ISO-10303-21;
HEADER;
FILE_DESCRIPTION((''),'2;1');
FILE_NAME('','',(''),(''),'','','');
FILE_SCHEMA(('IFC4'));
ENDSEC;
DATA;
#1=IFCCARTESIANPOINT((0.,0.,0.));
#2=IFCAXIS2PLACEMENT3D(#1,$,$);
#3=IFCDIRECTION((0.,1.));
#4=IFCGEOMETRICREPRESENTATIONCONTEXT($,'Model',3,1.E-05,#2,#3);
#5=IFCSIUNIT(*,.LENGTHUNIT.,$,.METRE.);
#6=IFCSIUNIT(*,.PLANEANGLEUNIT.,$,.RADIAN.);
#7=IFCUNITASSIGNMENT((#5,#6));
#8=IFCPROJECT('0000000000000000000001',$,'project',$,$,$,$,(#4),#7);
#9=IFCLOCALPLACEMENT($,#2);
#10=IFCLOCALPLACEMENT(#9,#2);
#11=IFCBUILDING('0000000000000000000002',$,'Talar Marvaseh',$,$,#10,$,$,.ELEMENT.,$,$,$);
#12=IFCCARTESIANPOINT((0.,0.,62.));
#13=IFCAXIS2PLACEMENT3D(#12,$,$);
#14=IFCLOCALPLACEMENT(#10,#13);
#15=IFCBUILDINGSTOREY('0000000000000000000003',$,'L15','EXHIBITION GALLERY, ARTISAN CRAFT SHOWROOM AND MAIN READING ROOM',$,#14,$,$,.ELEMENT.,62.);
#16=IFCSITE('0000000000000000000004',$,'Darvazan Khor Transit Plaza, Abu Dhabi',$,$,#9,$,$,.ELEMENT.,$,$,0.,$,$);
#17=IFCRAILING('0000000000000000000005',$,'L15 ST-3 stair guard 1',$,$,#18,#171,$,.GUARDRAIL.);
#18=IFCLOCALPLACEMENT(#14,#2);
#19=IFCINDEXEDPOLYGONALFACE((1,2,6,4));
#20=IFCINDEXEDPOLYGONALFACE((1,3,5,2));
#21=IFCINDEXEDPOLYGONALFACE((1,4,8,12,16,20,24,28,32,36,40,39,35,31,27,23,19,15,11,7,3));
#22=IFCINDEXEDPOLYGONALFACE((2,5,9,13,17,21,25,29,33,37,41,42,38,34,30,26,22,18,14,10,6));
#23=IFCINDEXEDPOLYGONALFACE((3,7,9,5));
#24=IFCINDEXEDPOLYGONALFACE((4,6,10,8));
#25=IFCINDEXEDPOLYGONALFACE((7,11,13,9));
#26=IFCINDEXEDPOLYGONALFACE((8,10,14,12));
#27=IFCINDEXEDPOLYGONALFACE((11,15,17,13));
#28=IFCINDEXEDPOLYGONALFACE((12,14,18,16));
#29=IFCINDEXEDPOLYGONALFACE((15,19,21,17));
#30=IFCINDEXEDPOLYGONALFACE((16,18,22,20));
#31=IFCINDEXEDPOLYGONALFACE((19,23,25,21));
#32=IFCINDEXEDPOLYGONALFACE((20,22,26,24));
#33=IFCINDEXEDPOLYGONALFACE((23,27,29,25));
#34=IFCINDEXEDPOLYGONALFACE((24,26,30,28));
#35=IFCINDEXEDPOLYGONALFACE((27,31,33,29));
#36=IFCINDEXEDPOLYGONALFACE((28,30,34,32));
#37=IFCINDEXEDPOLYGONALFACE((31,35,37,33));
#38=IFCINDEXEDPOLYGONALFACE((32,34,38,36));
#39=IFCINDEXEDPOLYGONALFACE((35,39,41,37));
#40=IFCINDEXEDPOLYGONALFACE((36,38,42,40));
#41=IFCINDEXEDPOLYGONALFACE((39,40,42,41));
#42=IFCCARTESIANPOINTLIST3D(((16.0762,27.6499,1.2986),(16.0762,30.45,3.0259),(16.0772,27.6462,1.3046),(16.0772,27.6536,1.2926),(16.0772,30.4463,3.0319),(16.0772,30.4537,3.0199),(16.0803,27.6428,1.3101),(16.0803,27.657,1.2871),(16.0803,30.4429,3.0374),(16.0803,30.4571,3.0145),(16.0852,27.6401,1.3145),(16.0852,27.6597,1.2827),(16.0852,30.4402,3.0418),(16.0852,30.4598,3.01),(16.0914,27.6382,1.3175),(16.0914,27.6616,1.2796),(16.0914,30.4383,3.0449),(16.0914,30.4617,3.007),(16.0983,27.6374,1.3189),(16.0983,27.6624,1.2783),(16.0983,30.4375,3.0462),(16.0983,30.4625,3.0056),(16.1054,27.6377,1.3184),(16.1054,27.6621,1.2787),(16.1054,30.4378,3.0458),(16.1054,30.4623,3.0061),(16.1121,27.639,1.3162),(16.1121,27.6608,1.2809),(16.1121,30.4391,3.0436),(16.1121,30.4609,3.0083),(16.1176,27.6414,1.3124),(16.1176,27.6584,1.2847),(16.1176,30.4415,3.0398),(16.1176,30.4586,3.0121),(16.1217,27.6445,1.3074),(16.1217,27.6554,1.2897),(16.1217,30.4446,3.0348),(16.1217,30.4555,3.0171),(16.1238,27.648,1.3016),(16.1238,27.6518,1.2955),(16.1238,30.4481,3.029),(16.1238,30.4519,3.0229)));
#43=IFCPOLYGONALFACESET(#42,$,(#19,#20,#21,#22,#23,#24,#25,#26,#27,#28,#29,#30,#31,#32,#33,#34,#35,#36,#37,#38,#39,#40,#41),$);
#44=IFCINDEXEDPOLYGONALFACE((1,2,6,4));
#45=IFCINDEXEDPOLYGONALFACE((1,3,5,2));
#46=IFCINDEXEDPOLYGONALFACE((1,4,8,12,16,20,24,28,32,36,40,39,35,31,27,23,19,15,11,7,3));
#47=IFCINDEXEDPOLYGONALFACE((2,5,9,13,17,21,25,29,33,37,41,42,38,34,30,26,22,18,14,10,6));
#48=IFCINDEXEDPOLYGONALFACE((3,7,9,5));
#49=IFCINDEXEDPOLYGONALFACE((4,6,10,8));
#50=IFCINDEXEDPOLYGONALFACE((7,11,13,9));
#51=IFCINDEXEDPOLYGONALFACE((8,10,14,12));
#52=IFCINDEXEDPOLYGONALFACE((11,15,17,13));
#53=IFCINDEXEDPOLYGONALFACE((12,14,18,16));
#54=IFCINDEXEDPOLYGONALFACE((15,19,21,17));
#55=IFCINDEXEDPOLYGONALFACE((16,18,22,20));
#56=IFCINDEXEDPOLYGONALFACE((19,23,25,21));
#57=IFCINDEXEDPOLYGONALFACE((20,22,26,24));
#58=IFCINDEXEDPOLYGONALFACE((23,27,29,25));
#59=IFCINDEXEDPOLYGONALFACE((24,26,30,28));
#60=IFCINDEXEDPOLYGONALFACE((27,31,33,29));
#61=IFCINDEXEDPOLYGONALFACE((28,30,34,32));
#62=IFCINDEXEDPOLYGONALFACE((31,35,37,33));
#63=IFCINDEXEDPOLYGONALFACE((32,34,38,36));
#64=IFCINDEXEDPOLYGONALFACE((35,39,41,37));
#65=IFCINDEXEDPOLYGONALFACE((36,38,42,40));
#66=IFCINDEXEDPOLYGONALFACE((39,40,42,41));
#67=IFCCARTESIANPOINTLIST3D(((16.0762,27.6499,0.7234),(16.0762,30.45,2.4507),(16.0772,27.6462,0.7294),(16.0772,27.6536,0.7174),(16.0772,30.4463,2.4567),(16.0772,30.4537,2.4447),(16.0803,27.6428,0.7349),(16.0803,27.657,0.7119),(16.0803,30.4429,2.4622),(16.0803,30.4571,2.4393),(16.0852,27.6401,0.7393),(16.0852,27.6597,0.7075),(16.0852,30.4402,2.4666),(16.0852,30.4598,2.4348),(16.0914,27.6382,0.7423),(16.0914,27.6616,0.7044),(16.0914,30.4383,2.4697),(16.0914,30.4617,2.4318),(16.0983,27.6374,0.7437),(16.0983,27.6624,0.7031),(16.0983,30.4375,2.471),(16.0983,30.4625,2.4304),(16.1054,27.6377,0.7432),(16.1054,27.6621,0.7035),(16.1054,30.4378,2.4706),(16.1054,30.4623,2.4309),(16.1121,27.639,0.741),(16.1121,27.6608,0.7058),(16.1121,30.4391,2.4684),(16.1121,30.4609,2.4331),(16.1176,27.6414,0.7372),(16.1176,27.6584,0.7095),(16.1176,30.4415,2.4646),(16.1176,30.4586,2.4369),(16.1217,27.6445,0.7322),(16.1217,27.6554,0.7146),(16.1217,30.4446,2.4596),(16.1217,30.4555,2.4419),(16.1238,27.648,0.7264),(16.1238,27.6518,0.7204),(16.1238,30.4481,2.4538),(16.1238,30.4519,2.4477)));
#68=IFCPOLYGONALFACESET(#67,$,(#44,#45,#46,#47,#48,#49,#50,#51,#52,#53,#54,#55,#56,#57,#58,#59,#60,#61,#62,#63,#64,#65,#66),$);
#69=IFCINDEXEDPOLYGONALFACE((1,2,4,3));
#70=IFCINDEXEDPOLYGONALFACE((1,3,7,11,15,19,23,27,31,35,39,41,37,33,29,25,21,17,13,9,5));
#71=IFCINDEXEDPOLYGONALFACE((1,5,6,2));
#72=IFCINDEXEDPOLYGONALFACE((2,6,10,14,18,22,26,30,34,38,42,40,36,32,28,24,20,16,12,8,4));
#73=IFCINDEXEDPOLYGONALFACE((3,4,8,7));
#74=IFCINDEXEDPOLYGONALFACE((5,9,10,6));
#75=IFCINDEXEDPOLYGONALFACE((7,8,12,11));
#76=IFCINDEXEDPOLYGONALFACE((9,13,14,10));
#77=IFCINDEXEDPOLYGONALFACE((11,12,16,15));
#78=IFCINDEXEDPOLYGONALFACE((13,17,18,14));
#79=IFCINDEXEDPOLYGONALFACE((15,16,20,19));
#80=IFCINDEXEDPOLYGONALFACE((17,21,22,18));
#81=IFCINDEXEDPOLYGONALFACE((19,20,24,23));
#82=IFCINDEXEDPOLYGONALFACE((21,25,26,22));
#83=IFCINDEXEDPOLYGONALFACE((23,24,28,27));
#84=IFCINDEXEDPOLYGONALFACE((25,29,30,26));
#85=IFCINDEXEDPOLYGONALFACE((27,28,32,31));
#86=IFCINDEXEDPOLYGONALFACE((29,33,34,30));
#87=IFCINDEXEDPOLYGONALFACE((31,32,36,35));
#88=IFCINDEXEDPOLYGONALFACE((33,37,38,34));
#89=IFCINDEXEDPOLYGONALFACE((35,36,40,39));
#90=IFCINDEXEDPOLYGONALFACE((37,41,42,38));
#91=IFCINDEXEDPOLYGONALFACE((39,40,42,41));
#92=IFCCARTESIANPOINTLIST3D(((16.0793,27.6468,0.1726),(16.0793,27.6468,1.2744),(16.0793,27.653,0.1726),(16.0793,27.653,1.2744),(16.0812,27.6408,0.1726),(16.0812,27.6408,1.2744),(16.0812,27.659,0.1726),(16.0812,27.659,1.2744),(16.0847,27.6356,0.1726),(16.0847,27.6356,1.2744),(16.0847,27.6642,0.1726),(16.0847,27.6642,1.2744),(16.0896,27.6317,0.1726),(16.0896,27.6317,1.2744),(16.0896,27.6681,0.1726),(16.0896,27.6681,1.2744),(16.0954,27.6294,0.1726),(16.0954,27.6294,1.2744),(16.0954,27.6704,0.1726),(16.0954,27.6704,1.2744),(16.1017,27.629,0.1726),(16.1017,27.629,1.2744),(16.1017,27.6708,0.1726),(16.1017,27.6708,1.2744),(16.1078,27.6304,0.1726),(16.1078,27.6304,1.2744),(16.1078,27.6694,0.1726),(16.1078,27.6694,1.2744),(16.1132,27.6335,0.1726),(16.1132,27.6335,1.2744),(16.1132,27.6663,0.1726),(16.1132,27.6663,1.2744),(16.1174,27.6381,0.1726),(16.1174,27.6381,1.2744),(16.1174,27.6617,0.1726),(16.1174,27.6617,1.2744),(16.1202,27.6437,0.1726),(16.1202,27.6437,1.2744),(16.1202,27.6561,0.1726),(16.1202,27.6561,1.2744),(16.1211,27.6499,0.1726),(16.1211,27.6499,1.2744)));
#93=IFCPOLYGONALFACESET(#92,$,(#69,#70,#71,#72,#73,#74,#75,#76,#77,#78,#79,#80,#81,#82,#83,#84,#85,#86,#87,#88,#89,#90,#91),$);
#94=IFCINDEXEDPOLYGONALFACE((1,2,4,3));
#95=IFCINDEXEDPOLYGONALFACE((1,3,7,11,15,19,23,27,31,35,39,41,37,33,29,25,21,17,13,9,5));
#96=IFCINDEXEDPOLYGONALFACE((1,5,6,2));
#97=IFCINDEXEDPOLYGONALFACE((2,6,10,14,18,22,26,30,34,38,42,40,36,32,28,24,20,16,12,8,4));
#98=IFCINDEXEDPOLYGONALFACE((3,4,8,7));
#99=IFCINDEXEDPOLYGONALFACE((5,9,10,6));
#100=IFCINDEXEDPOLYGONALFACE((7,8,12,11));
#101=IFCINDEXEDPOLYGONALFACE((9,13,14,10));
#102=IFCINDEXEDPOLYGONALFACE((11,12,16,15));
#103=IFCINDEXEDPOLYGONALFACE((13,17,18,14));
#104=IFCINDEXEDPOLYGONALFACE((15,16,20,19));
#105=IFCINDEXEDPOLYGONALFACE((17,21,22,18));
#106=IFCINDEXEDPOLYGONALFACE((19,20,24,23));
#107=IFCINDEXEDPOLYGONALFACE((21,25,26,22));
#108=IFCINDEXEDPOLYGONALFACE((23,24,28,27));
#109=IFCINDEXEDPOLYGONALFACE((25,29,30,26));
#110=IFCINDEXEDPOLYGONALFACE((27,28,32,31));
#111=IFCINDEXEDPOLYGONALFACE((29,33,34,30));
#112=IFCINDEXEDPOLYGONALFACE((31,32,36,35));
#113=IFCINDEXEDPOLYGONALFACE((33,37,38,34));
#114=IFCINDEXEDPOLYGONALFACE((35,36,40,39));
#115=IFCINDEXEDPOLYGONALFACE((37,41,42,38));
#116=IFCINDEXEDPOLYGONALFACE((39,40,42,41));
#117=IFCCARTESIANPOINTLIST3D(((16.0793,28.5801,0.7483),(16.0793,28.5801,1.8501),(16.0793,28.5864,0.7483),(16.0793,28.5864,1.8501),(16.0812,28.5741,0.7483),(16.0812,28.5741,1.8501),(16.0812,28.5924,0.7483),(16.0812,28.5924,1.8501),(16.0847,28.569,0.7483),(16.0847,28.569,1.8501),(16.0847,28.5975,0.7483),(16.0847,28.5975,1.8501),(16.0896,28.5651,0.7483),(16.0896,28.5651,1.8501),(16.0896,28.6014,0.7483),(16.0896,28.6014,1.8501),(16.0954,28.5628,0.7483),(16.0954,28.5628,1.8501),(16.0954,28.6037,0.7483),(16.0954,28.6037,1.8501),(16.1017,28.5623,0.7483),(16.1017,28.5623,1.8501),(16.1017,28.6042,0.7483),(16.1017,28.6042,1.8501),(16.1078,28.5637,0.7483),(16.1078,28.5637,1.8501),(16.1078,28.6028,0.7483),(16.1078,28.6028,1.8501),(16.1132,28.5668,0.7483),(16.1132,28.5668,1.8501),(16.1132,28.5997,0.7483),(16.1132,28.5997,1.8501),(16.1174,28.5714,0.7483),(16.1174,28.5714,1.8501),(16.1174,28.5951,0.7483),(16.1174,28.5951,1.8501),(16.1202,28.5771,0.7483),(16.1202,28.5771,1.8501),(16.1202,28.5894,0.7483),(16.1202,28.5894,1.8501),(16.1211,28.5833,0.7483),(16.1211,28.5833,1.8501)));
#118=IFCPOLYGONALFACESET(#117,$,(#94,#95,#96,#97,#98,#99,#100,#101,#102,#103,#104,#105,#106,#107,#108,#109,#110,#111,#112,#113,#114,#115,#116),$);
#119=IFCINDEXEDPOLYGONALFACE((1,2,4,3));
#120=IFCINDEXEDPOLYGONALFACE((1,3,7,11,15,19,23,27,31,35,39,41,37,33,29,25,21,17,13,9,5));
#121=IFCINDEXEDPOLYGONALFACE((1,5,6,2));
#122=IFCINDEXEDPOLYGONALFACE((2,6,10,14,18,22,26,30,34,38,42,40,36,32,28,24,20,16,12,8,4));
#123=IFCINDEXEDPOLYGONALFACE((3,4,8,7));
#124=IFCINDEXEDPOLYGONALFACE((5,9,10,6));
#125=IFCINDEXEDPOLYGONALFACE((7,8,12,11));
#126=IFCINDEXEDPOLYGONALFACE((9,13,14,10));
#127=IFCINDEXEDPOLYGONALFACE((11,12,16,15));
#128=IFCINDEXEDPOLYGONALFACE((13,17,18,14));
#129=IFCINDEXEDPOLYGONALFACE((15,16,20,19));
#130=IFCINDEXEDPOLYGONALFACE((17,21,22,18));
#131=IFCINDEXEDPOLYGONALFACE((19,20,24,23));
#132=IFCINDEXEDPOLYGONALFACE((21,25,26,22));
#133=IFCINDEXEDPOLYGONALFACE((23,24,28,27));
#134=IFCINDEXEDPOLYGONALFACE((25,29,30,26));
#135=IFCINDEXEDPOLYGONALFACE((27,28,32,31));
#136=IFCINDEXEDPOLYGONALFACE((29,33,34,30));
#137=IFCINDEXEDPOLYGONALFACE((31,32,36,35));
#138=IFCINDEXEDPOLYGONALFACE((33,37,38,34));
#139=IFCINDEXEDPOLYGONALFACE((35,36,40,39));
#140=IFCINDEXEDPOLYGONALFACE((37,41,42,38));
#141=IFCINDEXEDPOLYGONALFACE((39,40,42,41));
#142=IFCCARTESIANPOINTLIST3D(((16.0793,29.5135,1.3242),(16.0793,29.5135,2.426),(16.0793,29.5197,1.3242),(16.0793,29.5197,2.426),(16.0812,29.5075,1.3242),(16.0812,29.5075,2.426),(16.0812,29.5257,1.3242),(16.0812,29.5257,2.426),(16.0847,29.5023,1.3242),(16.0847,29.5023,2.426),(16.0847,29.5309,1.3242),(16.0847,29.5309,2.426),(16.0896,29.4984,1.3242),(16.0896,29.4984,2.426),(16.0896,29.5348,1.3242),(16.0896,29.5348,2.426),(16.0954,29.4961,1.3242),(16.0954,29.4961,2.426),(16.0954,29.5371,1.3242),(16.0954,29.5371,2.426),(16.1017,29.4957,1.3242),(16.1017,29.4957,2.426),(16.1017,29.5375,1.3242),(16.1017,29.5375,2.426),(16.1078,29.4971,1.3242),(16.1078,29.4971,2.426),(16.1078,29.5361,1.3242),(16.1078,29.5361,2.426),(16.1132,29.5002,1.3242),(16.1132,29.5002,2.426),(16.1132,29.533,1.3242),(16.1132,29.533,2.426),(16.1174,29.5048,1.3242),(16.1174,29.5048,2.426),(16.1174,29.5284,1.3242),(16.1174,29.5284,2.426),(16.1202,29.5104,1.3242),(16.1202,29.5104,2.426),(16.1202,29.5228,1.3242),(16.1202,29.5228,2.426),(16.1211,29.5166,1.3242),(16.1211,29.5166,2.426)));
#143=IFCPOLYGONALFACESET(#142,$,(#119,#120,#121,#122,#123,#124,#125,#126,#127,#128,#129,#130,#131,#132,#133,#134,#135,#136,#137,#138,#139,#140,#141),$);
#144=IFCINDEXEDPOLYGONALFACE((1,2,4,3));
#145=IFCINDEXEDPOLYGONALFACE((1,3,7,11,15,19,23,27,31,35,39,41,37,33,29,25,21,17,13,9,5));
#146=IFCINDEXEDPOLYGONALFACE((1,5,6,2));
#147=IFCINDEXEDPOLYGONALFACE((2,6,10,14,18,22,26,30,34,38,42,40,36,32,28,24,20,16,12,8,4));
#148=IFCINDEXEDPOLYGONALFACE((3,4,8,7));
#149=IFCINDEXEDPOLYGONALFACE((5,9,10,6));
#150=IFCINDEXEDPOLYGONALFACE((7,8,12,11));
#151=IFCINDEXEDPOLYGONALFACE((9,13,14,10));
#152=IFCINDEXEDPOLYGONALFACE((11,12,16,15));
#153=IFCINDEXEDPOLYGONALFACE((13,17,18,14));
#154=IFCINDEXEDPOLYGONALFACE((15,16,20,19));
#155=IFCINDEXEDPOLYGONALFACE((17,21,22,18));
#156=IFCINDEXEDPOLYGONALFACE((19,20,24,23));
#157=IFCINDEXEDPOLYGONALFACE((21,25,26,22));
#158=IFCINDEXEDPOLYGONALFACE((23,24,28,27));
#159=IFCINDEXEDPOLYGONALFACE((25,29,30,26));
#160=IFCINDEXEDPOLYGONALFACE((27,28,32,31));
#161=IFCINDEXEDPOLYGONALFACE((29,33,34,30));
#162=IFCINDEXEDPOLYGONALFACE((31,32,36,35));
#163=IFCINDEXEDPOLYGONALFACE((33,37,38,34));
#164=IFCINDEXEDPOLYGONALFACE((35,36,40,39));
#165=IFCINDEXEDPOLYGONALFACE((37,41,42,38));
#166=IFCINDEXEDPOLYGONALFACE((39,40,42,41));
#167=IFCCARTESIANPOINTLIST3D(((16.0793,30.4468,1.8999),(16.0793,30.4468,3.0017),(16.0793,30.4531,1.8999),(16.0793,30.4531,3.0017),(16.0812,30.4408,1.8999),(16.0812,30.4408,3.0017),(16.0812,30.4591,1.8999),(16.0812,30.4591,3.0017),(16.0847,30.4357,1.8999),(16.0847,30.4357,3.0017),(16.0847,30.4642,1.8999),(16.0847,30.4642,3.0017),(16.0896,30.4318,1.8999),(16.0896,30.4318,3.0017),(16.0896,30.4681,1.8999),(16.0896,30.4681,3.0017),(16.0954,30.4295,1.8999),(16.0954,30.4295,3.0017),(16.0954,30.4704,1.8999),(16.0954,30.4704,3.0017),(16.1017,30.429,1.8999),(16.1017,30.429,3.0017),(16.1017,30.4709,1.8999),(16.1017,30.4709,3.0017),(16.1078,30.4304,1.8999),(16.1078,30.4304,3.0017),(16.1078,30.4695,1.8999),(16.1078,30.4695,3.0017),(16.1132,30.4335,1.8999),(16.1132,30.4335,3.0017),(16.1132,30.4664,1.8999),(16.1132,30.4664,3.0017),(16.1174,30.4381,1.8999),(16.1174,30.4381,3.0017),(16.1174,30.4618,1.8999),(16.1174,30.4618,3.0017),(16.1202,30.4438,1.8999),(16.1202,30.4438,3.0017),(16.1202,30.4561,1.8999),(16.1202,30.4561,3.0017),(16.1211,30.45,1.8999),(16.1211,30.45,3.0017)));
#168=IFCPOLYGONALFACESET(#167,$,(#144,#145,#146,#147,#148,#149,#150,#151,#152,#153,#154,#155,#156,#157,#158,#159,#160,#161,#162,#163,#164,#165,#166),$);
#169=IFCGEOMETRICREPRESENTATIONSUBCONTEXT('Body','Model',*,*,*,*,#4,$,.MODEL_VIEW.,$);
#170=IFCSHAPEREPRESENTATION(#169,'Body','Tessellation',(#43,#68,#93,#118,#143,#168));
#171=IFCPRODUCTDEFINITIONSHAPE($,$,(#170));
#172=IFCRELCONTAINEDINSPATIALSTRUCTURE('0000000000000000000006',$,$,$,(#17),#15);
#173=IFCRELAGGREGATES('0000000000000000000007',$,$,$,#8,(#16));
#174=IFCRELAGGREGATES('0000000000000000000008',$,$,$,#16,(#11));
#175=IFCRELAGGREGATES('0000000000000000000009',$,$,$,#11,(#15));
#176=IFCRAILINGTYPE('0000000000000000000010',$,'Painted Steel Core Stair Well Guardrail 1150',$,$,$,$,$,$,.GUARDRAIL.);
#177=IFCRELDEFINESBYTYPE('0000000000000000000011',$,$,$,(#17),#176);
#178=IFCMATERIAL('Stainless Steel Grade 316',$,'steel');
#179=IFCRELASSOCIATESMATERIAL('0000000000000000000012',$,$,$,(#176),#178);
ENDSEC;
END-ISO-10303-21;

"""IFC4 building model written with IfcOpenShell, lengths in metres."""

from ifc_helpers import new_model, si_unit, direction, frame, origin, origin_2d, place, context, subcontext, project, spatial, circle, extrude, material, type_object, element, save


model = new_model("IFC4")

# Units and contexts
model_context = context("Model", 3, precision=1e-05, world=origin(), true_north=direction((0.0, 1.0)))
body_context = subcontext(model_context, "Body", "Model", "MODEL_VIEW")
ifc_project = project(units=[si_unit("LENGTHUNIT", "METRE"), si_unit("PLANEANGLEUNIT", "RADIAN")], contexts=[model_context])

# Site, building, storey
site_placement = place(None, origin())
site = spatial("IfcSite", under=ifc_project, at=site_placement, Name="Darvazan Khor Transit Plaza, Abu Dhabi", CompositionType="ELEMENT", RefElevation=0.0)
building_placement = place(site_placement, origin())
building = spatial("IfcBuilding", under=site, at=building_placement, Name="Talar Marvaseh", CompositionType="ELEMENT")
storey_placement = place(building_placement, frame((0.0, 0.0, 62.0)))
storey = spatial("IfcBuildingStorey", under=building, at=storey_placement, Name="L15", Description="EXHIBITION GALLERY, ARTISAN CRAFT SHOWROOM AND MAIN READING ROOM", CompositionType="ELEMENT", Elevation=62.0)

# Railing
ifc_material_1 = material(Name="Stainless Steel Grade 316", Category="steel")
railing_type_1 = type_object("IfcRailingType", Name="Painted Steel Core Stair Well Guardrail 1150", PredefinedType="GUARDRAIL", material=ifc_material_1)
railing_1_placement = place(storey_placement, frame((16.1001, 27.6499, 0.1726)))
element("IfcRailing", 1, at=railing_1_placement, inside=storey, type_object=railing_type_1, Name="L15 ST-3 stair guard 1", PredefinedType="GUARDRAIL", context=body_context, shape_type="SweptSolid", body=[
    extrude(circle(Radius=0.0239, at=origin_2d()), frame((0.0, 0.0, 1.126), z_axis=(0.0, 0.85109, 0.52502), x_axis=(-1.0, 0.0, 0.0)), (0.0, 0.0, 1.0), 3.29),
    extrude(circle(Radius=0.0239, at=origin_2d()), frame((0.0, 0.0, 0.5508), z_axis=(0.0, 0.85109, 0.52502), x_axis=(-1.0, 0.0, 0.0)), (0.0, 0.0, 1.0), 3.29),
    extrude(circle(Radius=0.021, at=origin_2d()), origin(), (0.0, 0.0, 1.0), 1.1018),
    extrude(circle(Radius=0.021, at=origin_2d()), frame((0.0, 0.9333, 0.5757)), (0.0, 0.0, 1.0), 1.1018),
    extrude(circle(Radius=0.021, at=origin_2d()), frame((0.0, 1.8667, 1.1516)), (0.0, 0.0, 1.0), 1.1018),
    extrude(circle(Radius=0.021, at=origin_2d()), frame((0.0, 2.8, 1.7273)), (0.0, 0.0, 1.0), 1.1018),
])

save(model, "model.ifc")
